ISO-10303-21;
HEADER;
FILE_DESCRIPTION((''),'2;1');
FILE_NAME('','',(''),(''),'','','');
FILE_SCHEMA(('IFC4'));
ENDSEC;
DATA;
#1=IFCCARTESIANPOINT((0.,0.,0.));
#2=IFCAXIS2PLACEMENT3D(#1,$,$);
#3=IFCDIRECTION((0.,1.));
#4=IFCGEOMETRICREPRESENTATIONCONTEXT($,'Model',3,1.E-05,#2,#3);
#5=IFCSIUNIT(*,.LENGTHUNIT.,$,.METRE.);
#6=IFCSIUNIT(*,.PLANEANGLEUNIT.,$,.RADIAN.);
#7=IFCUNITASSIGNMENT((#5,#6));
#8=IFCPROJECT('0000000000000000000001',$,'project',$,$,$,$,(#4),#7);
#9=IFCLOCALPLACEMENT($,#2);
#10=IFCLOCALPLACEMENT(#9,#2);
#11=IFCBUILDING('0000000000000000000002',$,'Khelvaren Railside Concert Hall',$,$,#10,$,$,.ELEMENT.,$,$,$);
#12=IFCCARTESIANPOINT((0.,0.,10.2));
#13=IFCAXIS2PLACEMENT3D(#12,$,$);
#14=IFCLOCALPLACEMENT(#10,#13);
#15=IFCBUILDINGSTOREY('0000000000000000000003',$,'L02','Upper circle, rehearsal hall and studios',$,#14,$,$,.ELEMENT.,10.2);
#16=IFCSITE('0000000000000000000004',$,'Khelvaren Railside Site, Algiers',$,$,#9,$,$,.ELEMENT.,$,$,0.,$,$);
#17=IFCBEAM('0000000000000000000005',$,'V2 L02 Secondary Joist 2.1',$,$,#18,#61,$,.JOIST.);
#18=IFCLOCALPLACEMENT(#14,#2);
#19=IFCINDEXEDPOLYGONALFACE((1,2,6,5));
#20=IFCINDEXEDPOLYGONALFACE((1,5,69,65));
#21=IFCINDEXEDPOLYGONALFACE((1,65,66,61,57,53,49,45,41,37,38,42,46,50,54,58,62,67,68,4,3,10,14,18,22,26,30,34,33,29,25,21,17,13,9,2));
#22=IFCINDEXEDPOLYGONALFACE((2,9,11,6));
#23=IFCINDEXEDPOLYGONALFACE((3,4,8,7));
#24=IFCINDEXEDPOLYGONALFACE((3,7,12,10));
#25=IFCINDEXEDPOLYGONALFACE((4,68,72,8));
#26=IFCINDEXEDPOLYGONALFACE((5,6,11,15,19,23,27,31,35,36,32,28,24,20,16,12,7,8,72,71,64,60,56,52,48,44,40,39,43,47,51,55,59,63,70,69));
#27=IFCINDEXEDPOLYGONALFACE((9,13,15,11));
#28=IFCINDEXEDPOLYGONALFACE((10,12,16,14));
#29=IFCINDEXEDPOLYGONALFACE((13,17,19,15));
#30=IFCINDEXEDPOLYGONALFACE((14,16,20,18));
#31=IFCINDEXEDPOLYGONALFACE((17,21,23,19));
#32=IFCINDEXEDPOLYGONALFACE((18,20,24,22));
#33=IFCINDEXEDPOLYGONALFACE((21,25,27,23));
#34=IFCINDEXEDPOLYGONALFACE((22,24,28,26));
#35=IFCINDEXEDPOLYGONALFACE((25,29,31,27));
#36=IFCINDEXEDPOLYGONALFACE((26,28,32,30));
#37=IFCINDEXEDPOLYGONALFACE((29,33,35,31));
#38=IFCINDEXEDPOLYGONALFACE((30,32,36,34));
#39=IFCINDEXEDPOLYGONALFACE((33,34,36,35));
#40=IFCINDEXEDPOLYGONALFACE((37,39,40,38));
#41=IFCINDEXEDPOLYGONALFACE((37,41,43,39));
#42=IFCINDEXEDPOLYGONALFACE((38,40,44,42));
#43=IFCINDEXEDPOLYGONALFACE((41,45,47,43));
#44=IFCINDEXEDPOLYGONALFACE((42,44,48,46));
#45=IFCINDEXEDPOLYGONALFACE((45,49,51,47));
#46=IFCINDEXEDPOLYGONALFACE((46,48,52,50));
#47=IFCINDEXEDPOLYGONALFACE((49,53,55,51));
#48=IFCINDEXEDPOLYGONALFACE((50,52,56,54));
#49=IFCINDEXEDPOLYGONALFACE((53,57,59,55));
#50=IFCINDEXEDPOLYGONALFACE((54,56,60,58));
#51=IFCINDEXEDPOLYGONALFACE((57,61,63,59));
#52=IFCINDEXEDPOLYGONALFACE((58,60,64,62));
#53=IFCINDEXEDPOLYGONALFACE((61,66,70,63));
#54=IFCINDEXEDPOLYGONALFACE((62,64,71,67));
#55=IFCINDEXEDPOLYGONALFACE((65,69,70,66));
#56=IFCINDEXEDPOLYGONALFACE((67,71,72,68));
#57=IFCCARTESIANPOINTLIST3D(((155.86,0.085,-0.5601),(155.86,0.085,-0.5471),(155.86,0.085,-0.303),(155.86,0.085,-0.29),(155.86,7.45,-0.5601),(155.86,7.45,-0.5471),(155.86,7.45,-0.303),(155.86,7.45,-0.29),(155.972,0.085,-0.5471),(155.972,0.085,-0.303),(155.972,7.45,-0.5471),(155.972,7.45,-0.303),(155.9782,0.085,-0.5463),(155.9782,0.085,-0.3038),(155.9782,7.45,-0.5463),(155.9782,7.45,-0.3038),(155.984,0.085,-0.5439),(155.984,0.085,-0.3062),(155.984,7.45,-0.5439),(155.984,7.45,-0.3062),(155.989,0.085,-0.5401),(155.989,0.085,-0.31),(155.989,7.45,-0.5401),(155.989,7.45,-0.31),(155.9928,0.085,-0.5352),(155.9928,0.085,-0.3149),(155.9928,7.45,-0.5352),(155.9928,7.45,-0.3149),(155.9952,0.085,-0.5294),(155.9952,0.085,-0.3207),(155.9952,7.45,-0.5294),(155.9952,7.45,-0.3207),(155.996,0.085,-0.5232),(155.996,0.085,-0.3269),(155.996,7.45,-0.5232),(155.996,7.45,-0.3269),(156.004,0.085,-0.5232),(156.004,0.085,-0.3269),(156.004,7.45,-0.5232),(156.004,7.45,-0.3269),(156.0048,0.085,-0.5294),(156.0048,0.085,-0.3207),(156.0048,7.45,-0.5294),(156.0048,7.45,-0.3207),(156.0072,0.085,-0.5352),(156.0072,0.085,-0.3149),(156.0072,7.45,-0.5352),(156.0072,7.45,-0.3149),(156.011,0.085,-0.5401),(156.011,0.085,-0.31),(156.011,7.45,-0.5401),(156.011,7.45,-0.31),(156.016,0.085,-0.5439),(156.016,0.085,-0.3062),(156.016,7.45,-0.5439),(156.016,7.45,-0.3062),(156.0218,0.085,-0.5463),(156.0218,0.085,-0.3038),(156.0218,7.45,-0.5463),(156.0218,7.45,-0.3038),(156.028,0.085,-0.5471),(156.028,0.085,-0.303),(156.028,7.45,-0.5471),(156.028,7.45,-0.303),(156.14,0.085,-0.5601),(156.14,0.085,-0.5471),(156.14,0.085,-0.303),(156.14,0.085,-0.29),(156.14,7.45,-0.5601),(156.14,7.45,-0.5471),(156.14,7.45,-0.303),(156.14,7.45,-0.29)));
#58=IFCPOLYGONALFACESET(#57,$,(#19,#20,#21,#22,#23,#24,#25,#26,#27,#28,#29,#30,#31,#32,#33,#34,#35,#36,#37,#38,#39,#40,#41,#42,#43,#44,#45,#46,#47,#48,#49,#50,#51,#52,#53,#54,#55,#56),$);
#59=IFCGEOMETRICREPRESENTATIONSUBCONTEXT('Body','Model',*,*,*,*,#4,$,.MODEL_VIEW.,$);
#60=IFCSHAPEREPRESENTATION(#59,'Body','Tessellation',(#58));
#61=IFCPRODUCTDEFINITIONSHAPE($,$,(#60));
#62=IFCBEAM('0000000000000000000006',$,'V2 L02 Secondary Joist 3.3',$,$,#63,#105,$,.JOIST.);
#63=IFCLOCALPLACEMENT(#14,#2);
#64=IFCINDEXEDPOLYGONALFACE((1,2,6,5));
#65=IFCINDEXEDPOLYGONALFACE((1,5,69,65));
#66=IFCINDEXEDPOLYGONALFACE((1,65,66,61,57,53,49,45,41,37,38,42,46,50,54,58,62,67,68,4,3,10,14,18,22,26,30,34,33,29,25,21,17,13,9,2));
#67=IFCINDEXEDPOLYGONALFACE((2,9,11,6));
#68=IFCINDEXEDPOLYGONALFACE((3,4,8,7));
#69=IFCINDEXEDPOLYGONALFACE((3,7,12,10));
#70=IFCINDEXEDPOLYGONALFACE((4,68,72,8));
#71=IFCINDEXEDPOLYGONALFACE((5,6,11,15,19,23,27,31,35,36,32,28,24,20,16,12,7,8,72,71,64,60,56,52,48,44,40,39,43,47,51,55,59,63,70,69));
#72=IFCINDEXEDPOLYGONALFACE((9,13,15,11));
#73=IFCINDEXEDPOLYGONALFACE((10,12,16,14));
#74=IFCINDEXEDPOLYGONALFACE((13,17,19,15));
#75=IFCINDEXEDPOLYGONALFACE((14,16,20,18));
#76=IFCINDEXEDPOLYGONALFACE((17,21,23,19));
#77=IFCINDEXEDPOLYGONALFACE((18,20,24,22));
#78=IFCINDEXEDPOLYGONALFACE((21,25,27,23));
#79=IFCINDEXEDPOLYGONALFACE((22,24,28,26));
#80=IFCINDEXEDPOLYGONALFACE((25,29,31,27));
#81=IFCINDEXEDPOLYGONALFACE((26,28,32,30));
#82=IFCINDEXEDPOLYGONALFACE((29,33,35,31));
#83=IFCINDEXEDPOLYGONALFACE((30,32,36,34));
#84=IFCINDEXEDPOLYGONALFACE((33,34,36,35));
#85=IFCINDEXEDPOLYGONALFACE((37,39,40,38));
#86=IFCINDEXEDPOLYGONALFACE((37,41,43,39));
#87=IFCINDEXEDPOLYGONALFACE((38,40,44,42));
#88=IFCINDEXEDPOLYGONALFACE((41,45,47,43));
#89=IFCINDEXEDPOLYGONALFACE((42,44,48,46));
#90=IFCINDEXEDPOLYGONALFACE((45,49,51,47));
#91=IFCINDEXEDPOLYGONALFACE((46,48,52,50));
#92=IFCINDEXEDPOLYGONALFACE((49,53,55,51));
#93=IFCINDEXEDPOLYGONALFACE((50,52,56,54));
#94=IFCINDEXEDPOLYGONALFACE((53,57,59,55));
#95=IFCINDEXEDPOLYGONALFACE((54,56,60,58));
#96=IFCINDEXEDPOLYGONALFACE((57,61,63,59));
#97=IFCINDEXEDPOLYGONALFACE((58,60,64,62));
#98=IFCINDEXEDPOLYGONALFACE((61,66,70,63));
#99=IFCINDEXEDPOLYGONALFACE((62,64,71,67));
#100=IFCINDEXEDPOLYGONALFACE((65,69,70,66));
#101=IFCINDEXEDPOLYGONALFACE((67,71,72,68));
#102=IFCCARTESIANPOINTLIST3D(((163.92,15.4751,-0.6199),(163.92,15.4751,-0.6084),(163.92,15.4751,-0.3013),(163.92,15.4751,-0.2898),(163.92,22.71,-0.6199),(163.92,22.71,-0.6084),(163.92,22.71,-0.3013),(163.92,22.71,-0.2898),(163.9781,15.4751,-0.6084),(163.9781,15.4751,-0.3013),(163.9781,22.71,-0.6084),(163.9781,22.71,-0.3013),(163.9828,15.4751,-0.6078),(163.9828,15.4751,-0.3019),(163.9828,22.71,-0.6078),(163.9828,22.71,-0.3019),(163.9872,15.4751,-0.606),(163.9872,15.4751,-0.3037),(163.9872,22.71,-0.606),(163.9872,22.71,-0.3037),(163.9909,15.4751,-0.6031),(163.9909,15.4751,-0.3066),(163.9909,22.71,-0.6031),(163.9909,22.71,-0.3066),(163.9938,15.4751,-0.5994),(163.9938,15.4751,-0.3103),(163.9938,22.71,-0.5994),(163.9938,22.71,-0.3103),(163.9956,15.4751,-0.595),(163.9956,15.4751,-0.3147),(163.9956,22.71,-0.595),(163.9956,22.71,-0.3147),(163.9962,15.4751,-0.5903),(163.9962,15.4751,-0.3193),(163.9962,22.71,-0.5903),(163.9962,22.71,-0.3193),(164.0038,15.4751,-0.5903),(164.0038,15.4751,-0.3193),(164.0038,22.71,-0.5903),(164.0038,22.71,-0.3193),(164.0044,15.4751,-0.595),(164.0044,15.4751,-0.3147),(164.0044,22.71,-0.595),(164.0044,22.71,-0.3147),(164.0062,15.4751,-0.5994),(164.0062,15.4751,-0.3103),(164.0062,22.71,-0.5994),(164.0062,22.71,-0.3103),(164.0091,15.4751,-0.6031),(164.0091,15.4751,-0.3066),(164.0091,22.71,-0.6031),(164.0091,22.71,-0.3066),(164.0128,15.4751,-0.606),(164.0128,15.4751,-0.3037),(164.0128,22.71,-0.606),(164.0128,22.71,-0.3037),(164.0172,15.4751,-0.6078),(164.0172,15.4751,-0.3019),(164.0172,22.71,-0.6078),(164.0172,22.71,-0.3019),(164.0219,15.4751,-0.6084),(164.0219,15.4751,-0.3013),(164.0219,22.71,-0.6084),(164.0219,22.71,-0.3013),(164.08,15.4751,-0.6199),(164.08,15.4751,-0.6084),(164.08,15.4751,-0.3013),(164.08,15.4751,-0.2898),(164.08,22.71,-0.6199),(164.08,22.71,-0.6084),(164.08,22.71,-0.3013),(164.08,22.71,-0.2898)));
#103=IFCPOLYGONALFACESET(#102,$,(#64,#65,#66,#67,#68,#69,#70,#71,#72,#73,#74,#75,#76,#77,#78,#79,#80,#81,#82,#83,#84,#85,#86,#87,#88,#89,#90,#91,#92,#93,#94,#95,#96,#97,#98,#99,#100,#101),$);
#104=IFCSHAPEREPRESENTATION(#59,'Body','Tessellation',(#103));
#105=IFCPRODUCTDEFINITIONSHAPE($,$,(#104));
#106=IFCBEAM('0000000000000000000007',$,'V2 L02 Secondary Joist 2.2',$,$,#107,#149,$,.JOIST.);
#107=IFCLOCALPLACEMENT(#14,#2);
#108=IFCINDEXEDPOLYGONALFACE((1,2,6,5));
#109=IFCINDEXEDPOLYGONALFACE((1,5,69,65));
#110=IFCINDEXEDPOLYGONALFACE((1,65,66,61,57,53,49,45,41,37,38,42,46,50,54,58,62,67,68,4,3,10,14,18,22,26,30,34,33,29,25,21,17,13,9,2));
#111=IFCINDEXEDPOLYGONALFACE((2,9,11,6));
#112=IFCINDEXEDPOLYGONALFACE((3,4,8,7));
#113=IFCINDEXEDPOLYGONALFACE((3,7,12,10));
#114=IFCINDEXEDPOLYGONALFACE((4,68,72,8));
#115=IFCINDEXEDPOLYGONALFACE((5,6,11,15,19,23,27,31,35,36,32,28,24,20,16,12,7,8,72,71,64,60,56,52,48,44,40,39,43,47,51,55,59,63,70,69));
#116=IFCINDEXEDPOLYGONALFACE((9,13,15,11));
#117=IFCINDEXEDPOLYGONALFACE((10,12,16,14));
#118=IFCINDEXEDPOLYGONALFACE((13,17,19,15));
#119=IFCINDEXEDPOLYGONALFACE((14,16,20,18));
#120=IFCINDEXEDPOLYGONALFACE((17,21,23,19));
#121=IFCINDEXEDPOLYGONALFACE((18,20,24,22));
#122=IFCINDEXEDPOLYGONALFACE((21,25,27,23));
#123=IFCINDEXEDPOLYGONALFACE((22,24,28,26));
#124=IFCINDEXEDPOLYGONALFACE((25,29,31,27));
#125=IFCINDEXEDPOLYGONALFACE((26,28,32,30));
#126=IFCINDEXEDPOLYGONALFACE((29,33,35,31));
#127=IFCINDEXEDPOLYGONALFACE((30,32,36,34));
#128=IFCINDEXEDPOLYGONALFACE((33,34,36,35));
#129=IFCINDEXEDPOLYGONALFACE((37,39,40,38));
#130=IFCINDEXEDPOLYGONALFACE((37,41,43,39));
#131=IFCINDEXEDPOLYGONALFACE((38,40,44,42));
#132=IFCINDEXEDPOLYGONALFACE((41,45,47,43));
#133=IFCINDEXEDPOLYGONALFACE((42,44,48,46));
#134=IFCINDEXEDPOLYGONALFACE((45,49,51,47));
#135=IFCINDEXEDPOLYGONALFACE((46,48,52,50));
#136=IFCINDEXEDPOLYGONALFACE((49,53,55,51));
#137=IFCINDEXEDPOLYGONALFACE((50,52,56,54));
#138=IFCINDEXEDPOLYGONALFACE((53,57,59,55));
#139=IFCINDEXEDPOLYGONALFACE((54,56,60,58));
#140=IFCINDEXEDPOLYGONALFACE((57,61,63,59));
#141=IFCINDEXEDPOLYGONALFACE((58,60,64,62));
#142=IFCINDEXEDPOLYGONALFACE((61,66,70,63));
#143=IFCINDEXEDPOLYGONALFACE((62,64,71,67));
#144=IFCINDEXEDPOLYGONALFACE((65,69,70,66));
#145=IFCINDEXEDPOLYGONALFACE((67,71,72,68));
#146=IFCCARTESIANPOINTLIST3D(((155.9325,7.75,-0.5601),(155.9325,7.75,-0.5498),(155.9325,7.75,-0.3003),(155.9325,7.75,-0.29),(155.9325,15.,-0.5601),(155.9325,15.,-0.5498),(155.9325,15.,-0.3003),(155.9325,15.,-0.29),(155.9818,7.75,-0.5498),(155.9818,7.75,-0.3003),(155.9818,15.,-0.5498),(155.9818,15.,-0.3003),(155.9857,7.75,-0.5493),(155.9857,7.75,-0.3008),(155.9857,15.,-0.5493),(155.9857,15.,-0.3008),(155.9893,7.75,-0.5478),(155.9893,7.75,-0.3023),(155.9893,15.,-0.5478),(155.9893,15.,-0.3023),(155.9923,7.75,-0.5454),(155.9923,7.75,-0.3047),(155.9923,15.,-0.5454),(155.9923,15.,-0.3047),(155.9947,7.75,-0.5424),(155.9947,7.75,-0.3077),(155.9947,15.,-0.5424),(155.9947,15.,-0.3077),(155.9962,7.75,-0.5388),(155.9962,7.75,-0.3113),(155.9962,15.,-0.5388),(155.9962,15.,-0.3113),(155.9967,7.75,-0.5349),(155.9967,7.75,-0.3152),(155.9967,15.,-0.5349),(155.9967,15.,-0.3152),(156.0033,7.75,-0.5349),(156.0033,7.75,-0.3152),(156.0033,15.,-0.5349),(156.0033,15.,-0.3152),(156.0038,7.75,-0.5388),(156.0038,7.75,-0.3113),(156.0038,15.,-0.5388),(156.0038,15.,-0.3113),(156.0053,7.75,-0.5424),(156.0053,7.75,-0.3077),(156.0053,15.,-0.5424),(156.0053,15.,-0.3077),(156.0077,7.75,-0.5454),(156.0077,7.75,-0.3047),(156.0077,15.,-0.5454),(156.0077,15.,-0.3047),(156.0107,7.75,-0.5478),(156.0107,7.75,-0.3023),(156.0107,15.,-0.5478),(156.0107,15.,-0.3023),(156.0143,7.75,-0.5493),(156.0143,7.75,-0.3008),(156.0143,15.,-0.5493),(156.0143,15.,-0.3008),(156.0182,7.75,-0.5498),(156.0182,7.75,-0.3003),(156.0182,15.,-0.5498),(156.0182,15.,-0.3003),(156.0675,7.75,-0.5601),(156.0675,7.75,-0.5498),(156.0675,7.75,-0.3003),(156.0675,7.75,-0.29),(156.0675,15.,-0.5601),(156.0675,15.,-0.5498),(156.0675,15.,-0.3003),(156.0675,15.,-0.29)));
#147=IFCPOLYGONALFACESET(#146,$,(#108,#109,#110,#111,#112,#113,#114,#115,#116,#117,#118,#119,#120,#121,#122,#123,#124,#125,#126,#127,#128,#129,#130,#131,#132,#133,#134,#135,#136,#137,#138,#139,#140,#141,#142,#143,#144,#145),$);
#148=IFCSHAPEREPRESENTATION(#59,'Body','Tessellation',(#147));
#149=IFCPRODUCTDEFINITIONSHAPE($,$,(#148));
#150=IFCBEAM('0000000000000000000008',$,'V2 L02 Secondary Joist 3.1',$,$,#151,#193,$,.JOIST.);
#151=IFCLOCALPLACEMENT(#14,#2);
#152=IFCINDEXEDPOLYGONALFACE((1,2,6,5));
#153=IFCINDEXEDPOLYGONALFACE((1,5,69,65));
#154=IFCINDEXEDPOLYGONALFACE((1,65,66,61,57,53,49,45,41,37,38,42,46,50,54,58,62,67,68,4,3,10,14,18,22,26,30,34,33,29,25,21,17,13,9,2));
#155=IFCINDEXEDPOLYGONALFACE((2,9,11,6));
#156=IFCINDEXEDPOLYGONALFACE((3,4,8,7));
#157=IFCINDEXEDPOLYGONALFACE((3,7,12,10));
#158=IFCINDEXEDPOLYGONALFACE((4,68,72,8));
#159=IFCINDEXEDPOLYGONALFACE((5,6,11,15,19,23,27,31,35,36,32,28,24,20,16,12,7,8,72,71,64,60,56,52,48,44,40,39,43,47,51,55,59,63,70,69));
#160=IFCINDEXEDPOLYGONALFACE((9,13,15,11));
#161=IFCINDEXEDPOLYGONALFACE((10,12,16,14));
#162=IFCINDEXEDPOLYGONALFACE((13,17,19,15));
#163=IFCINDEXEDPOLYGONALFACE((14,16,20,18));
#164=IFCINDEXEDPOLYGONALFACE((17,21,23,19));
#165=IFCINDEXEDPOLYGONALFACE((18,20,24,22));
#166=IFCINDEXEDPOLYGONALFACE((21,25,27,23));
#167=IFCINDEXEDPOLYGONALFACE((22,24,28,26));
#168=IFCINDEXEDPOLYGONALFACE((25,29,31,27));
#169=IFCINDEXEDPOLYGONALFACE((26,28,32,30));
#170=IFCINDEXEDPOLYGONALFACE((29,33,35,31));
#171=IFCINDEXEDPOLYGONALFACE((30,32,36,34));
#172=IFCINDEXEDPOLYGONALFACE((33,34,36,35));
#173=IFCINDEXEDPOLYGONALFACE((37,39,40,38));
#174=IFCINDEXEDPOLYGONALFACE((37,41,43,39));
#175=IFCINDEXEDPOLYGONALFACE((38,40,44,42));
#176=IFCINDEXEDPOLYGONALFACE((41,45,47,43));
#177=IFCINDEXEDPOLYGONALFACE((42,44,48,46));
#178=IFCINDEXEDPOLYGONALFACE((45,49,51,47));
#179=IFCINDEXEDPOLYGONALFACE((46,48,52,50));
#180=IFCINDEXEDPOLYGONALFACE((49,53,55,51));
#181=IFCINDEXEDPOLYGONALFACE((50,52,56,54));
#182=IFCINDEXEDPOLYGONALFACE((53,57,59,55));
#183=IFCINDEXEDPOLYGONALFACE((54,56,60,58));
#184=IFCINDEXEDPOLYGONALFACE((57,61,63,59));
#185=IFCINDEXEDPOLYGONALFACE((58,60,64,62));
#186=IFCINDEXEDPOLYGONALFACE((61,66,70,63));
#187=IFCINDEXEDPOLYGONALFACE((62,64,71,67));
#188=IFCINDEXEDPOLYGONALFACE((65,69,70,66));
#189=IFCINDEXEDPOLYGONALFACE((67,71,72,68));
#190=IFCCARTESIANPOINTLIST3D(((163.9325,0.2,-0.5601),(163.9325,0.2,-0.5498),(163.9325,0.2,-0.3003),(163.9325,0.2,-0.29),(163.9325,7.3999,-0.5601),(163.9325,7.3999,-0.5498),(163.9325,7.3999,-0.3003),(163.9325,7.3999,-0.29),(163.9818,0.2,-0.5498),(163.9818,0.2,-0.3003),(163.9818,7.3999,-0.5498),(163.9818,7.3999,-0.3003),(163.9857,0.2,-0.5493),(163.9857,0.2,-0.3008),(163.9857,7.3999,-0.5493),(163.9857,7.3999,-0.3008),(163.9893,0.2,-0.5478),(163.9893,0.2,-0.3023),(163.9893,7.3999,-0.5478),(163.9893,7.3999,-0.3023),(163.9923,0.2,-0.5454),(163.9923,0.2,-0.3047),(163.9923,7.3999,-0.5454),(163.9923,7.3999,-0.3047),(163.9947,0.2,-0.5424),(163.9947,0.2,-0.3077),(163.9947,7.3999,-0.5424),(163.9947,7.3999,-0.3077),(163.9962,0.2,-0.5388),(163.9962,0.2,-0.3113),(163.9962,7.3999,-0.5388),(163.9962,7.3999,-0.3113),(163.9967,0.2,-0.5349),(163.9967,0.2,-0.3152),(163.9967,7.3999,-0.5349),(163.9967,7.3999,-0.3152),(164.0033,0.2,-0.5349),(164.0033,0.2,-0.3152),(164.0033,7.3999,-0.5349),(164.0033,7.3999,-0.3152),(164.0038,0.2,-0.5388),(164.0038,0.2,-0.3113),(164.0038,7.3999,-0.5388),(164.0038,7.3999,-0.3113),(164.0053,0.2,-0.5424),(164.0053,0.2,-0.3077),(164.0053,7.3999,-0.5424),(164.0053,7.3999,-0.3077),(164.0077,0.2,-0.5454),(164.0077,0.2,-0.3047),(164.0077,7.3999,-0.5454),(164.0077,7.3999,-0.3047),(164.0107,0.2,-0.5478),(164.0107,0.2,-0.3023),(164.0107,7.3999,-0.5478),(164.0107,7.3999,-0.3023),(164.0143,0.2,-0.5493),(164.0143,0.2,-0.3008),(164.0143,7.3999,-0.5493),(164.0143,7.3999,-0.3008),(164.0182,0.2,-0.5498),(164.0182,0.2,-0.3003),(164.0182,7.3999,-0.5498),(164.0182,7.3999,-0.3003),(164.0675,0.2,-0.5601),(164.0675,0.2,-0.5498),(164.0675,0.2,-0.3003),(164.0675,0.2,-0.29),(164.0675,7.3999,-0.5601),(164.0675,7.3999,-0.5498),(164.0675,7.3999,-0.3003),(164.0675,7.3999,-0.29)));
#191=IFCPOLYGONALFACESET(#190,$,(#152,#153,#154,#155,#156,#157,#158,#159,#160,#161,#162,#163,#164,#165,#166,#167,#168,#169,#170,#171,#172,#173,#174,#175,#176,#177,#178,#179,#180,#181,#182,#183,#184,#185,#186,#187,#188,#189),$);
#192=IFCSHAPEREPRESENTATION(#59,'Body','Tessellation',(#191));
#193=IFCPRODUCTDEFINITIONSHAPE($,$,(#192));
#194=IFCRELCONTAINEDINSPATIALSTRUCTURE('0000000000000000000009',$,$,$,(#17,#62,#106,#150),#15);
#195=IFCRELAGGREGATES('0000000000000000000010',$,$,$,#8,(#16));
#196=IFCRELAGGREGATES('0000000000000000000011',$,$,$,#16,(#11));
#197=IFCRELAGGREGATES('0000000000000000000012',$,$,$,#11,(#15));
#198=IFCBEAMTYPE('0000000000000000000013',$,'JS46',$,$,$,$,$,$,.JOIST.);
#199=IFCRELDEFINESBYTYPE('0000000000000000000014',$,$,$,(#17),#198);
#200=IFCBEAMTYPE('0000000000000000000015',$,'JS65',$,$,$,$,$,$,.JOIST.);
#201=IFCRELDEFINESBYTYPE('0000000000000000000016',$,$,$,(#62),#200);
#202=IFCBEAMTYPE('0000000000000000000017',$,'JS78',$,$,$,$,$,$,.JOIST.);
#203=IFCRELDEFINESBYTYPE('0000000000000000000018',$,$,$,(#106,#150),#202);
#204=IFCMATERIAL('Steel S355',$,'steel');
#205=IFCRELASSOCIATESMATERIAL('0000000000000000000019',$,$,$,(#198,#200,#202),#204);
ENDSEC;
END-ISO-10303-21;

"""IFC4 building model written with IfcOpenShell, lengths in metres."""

from ifc_helpers import new_model, si_unit, direction, frame, origin, origin_2d, place, context, subcontext, project, spatial, i_section, extrude, material, material_profile, profile_set, type_object, element, save


model = new_model("IFC4")

# Units and contexts
model_context = context("Model", 3, precision=1e-05, world=origin(), true_north=direction((0.0, 1.0)))
body_context = subcontext(model_context, "Body", "Model", "MODEL_VIEW")
ifc_project = project(units=[si_unit("LENGTHUNIT", "METRE"), si_unit("PLANEANGLEUNIT", "RADIAN")], contexts=[model_context])

# Site, building, storey
site_placement = place(None, origin())
site = spatial("IfcSite", under=ifc_project, at=site_placement, Name="Khelvaren Railside Site, Algiers", CompositionType="ELEMENT", RefElevation=0.0)
building_placement = place(site_placement, origin())
building = spatial("IfcBuilding", under=site, at=building_placement, Name="Khelvaren Railside Concert Hall", CompositionType="ELEMENT")
storey_placement = place(building_placement, frame((0.0, 0.0, 10.2)))
storey = spatial("IfcBuildingStorey", under=building, at=storey_placement, Name="L02", Description="Upper circle, rehearsal hall and studios", CompositionType="ELEMENT", Elevation=10.2)

# Beams
ifc_material_1 = material(Name="Steel S355", Category="steel")
ifc_material_profile_1 = material_profile(ifc_material_1, i_section(OverallWidth=0.28, OverallDepth=0.27, WebThickness=0.0081, FlangeThickness=0.0129, FilletRadius=0.0239, at=origin_2d()), Name="HEA 280")
ifc_profile_set_1 = profile_set([ifc_material_profile_1], Name="Steel S355")
beam_type_1 = type_object("IfcBeamType", Name="JS46", PredefinedType="JOIST", material=ifc_profile_set_1)
beam_1_placement = place(storey_placement, frame((156.0, 0.085, -0.425), z_axis=(0.0, 1.0, 0.0), x_axis=(-1.0, 0.0, 0.0)))
element("IfcBeam", 1, at=beam_1_placement, inside=storey, type_object=beam_type_1, Name="V2 L02 Secondary Joist 2.1", PredefinedType="JOIST", context=body_context, shape_type="SweptSolid", body=[
    extrude(i_section(OverallWidth=0.28, OverallDepth=0.27, WebThickness=0.0081, FlangeThickness=0.0129, FilletRadius=0.0239, at=origin_2d()), origin(), (0.0, 0.0, 1.0), 7.365),
])
ifc_material_profile_2 = material_profile(ifc_material_1, i_section(OverallWidth=0.1599, OverallDepth=0.3301, WebThickness=0.0076, FlangeThickness=0.0115, FilletRadius=0.0181, at=origin_2d()), Name="IPE 330")
ifc_profile_set_2 = profile_set([ifc_material_profile_2], Name="Steel S355")
beam_type_2 = type_object("IfcBeamType", Name="JS65", PredefinedType="JOIST", material=ifc_profile_set_2)
beam_2_placement = place(storey_placement, frame((164.0, 15.4751, -0.4548), z_axis=(0.0, 1.0, 0.0), x_axis=(-1.0, 0.0, 0.0)))
element("IfcBeam", 2, at=beam_2_placement, inside=storey, type_object=beam_type_2, Name="V2 L02 Secondary Joist 3.3", PredefinedType="JOIST", context=body_context, shape_type="SweptSolid", body=[
    extrude(i_section(OverallWidth=0.1599, OverallDepth=0.3301, WebThickness=0.0076, FlangeThickness=0.0115, FilletRadius=0.0181, at=origin_2d()), origin(), (0.0, 0.0, 1.0), 7.2349),
])
ifc_material_profile_3 = material_profile(ifc_material_1, i_section(OverallWidth=0.135, OverallDepth=0.27, WebThickness=0.0066, FlangeThickness=0.0103, FilletRadius=0.0149, at=origin_2d()), Name="IPE 270")
ifc_profile_set_3 = profile_set([ifc_material_profile_3], Name="Steel S355")
beam_type_3 = type_object("IfcBeamType", Name="JS78", PredefinedType="JOIST", material=ifc_profile_set_3)
beam_3_placement = place(storey_placement, frame((156.0, 7.75, -0.425), z_axis=(0.0, 1.0, 0.0), x_axis=(-1.0, 0.0, 0.0)))
element("IfcBeam", 3, at=beam_3_placement, inside=storey, type_object=beam_type_3, Name="V2 L02 Secondary Joist 2.2", PredefinedType="JOIST", context=body_context, shape_type="SweptSolid", body=[
    extrude(i_section(OverallWidth=0.135, OverallDepth=0.27, WebThickness=0.0066, FlangeThickness=0.0103, FilletRadius=0.0149, at=origin_2d()), origin(), (0.0, 0.0, 1.0), 7.25),
])
beam_4_placement = place(storey_placement, frame((164.0, 0.2, -0.425), z_axis=(0.0, 1.0, 0.0), x_axis=(-1.0, 0.0, 0.0)))
element("IfcBeam", 4, at=beam_4_placement, inside=storey, type_object=beam_type_3, Name="V2 L02 Secondary Joist 3.1", PredefinedType="JOIST", context=body_context, shape_type="SweptSolid", body=[
    extrude(i_section(OverallWidth=0.135, OverallDepth=0.27, WebThickness=0.0066, FlangeThickness=0.0103, FilletRadius=0.0149, at=origin_2d()), origin(), (0.0, 0.0, 1.0), 7.2),
])

save(model, "model.ifc")
